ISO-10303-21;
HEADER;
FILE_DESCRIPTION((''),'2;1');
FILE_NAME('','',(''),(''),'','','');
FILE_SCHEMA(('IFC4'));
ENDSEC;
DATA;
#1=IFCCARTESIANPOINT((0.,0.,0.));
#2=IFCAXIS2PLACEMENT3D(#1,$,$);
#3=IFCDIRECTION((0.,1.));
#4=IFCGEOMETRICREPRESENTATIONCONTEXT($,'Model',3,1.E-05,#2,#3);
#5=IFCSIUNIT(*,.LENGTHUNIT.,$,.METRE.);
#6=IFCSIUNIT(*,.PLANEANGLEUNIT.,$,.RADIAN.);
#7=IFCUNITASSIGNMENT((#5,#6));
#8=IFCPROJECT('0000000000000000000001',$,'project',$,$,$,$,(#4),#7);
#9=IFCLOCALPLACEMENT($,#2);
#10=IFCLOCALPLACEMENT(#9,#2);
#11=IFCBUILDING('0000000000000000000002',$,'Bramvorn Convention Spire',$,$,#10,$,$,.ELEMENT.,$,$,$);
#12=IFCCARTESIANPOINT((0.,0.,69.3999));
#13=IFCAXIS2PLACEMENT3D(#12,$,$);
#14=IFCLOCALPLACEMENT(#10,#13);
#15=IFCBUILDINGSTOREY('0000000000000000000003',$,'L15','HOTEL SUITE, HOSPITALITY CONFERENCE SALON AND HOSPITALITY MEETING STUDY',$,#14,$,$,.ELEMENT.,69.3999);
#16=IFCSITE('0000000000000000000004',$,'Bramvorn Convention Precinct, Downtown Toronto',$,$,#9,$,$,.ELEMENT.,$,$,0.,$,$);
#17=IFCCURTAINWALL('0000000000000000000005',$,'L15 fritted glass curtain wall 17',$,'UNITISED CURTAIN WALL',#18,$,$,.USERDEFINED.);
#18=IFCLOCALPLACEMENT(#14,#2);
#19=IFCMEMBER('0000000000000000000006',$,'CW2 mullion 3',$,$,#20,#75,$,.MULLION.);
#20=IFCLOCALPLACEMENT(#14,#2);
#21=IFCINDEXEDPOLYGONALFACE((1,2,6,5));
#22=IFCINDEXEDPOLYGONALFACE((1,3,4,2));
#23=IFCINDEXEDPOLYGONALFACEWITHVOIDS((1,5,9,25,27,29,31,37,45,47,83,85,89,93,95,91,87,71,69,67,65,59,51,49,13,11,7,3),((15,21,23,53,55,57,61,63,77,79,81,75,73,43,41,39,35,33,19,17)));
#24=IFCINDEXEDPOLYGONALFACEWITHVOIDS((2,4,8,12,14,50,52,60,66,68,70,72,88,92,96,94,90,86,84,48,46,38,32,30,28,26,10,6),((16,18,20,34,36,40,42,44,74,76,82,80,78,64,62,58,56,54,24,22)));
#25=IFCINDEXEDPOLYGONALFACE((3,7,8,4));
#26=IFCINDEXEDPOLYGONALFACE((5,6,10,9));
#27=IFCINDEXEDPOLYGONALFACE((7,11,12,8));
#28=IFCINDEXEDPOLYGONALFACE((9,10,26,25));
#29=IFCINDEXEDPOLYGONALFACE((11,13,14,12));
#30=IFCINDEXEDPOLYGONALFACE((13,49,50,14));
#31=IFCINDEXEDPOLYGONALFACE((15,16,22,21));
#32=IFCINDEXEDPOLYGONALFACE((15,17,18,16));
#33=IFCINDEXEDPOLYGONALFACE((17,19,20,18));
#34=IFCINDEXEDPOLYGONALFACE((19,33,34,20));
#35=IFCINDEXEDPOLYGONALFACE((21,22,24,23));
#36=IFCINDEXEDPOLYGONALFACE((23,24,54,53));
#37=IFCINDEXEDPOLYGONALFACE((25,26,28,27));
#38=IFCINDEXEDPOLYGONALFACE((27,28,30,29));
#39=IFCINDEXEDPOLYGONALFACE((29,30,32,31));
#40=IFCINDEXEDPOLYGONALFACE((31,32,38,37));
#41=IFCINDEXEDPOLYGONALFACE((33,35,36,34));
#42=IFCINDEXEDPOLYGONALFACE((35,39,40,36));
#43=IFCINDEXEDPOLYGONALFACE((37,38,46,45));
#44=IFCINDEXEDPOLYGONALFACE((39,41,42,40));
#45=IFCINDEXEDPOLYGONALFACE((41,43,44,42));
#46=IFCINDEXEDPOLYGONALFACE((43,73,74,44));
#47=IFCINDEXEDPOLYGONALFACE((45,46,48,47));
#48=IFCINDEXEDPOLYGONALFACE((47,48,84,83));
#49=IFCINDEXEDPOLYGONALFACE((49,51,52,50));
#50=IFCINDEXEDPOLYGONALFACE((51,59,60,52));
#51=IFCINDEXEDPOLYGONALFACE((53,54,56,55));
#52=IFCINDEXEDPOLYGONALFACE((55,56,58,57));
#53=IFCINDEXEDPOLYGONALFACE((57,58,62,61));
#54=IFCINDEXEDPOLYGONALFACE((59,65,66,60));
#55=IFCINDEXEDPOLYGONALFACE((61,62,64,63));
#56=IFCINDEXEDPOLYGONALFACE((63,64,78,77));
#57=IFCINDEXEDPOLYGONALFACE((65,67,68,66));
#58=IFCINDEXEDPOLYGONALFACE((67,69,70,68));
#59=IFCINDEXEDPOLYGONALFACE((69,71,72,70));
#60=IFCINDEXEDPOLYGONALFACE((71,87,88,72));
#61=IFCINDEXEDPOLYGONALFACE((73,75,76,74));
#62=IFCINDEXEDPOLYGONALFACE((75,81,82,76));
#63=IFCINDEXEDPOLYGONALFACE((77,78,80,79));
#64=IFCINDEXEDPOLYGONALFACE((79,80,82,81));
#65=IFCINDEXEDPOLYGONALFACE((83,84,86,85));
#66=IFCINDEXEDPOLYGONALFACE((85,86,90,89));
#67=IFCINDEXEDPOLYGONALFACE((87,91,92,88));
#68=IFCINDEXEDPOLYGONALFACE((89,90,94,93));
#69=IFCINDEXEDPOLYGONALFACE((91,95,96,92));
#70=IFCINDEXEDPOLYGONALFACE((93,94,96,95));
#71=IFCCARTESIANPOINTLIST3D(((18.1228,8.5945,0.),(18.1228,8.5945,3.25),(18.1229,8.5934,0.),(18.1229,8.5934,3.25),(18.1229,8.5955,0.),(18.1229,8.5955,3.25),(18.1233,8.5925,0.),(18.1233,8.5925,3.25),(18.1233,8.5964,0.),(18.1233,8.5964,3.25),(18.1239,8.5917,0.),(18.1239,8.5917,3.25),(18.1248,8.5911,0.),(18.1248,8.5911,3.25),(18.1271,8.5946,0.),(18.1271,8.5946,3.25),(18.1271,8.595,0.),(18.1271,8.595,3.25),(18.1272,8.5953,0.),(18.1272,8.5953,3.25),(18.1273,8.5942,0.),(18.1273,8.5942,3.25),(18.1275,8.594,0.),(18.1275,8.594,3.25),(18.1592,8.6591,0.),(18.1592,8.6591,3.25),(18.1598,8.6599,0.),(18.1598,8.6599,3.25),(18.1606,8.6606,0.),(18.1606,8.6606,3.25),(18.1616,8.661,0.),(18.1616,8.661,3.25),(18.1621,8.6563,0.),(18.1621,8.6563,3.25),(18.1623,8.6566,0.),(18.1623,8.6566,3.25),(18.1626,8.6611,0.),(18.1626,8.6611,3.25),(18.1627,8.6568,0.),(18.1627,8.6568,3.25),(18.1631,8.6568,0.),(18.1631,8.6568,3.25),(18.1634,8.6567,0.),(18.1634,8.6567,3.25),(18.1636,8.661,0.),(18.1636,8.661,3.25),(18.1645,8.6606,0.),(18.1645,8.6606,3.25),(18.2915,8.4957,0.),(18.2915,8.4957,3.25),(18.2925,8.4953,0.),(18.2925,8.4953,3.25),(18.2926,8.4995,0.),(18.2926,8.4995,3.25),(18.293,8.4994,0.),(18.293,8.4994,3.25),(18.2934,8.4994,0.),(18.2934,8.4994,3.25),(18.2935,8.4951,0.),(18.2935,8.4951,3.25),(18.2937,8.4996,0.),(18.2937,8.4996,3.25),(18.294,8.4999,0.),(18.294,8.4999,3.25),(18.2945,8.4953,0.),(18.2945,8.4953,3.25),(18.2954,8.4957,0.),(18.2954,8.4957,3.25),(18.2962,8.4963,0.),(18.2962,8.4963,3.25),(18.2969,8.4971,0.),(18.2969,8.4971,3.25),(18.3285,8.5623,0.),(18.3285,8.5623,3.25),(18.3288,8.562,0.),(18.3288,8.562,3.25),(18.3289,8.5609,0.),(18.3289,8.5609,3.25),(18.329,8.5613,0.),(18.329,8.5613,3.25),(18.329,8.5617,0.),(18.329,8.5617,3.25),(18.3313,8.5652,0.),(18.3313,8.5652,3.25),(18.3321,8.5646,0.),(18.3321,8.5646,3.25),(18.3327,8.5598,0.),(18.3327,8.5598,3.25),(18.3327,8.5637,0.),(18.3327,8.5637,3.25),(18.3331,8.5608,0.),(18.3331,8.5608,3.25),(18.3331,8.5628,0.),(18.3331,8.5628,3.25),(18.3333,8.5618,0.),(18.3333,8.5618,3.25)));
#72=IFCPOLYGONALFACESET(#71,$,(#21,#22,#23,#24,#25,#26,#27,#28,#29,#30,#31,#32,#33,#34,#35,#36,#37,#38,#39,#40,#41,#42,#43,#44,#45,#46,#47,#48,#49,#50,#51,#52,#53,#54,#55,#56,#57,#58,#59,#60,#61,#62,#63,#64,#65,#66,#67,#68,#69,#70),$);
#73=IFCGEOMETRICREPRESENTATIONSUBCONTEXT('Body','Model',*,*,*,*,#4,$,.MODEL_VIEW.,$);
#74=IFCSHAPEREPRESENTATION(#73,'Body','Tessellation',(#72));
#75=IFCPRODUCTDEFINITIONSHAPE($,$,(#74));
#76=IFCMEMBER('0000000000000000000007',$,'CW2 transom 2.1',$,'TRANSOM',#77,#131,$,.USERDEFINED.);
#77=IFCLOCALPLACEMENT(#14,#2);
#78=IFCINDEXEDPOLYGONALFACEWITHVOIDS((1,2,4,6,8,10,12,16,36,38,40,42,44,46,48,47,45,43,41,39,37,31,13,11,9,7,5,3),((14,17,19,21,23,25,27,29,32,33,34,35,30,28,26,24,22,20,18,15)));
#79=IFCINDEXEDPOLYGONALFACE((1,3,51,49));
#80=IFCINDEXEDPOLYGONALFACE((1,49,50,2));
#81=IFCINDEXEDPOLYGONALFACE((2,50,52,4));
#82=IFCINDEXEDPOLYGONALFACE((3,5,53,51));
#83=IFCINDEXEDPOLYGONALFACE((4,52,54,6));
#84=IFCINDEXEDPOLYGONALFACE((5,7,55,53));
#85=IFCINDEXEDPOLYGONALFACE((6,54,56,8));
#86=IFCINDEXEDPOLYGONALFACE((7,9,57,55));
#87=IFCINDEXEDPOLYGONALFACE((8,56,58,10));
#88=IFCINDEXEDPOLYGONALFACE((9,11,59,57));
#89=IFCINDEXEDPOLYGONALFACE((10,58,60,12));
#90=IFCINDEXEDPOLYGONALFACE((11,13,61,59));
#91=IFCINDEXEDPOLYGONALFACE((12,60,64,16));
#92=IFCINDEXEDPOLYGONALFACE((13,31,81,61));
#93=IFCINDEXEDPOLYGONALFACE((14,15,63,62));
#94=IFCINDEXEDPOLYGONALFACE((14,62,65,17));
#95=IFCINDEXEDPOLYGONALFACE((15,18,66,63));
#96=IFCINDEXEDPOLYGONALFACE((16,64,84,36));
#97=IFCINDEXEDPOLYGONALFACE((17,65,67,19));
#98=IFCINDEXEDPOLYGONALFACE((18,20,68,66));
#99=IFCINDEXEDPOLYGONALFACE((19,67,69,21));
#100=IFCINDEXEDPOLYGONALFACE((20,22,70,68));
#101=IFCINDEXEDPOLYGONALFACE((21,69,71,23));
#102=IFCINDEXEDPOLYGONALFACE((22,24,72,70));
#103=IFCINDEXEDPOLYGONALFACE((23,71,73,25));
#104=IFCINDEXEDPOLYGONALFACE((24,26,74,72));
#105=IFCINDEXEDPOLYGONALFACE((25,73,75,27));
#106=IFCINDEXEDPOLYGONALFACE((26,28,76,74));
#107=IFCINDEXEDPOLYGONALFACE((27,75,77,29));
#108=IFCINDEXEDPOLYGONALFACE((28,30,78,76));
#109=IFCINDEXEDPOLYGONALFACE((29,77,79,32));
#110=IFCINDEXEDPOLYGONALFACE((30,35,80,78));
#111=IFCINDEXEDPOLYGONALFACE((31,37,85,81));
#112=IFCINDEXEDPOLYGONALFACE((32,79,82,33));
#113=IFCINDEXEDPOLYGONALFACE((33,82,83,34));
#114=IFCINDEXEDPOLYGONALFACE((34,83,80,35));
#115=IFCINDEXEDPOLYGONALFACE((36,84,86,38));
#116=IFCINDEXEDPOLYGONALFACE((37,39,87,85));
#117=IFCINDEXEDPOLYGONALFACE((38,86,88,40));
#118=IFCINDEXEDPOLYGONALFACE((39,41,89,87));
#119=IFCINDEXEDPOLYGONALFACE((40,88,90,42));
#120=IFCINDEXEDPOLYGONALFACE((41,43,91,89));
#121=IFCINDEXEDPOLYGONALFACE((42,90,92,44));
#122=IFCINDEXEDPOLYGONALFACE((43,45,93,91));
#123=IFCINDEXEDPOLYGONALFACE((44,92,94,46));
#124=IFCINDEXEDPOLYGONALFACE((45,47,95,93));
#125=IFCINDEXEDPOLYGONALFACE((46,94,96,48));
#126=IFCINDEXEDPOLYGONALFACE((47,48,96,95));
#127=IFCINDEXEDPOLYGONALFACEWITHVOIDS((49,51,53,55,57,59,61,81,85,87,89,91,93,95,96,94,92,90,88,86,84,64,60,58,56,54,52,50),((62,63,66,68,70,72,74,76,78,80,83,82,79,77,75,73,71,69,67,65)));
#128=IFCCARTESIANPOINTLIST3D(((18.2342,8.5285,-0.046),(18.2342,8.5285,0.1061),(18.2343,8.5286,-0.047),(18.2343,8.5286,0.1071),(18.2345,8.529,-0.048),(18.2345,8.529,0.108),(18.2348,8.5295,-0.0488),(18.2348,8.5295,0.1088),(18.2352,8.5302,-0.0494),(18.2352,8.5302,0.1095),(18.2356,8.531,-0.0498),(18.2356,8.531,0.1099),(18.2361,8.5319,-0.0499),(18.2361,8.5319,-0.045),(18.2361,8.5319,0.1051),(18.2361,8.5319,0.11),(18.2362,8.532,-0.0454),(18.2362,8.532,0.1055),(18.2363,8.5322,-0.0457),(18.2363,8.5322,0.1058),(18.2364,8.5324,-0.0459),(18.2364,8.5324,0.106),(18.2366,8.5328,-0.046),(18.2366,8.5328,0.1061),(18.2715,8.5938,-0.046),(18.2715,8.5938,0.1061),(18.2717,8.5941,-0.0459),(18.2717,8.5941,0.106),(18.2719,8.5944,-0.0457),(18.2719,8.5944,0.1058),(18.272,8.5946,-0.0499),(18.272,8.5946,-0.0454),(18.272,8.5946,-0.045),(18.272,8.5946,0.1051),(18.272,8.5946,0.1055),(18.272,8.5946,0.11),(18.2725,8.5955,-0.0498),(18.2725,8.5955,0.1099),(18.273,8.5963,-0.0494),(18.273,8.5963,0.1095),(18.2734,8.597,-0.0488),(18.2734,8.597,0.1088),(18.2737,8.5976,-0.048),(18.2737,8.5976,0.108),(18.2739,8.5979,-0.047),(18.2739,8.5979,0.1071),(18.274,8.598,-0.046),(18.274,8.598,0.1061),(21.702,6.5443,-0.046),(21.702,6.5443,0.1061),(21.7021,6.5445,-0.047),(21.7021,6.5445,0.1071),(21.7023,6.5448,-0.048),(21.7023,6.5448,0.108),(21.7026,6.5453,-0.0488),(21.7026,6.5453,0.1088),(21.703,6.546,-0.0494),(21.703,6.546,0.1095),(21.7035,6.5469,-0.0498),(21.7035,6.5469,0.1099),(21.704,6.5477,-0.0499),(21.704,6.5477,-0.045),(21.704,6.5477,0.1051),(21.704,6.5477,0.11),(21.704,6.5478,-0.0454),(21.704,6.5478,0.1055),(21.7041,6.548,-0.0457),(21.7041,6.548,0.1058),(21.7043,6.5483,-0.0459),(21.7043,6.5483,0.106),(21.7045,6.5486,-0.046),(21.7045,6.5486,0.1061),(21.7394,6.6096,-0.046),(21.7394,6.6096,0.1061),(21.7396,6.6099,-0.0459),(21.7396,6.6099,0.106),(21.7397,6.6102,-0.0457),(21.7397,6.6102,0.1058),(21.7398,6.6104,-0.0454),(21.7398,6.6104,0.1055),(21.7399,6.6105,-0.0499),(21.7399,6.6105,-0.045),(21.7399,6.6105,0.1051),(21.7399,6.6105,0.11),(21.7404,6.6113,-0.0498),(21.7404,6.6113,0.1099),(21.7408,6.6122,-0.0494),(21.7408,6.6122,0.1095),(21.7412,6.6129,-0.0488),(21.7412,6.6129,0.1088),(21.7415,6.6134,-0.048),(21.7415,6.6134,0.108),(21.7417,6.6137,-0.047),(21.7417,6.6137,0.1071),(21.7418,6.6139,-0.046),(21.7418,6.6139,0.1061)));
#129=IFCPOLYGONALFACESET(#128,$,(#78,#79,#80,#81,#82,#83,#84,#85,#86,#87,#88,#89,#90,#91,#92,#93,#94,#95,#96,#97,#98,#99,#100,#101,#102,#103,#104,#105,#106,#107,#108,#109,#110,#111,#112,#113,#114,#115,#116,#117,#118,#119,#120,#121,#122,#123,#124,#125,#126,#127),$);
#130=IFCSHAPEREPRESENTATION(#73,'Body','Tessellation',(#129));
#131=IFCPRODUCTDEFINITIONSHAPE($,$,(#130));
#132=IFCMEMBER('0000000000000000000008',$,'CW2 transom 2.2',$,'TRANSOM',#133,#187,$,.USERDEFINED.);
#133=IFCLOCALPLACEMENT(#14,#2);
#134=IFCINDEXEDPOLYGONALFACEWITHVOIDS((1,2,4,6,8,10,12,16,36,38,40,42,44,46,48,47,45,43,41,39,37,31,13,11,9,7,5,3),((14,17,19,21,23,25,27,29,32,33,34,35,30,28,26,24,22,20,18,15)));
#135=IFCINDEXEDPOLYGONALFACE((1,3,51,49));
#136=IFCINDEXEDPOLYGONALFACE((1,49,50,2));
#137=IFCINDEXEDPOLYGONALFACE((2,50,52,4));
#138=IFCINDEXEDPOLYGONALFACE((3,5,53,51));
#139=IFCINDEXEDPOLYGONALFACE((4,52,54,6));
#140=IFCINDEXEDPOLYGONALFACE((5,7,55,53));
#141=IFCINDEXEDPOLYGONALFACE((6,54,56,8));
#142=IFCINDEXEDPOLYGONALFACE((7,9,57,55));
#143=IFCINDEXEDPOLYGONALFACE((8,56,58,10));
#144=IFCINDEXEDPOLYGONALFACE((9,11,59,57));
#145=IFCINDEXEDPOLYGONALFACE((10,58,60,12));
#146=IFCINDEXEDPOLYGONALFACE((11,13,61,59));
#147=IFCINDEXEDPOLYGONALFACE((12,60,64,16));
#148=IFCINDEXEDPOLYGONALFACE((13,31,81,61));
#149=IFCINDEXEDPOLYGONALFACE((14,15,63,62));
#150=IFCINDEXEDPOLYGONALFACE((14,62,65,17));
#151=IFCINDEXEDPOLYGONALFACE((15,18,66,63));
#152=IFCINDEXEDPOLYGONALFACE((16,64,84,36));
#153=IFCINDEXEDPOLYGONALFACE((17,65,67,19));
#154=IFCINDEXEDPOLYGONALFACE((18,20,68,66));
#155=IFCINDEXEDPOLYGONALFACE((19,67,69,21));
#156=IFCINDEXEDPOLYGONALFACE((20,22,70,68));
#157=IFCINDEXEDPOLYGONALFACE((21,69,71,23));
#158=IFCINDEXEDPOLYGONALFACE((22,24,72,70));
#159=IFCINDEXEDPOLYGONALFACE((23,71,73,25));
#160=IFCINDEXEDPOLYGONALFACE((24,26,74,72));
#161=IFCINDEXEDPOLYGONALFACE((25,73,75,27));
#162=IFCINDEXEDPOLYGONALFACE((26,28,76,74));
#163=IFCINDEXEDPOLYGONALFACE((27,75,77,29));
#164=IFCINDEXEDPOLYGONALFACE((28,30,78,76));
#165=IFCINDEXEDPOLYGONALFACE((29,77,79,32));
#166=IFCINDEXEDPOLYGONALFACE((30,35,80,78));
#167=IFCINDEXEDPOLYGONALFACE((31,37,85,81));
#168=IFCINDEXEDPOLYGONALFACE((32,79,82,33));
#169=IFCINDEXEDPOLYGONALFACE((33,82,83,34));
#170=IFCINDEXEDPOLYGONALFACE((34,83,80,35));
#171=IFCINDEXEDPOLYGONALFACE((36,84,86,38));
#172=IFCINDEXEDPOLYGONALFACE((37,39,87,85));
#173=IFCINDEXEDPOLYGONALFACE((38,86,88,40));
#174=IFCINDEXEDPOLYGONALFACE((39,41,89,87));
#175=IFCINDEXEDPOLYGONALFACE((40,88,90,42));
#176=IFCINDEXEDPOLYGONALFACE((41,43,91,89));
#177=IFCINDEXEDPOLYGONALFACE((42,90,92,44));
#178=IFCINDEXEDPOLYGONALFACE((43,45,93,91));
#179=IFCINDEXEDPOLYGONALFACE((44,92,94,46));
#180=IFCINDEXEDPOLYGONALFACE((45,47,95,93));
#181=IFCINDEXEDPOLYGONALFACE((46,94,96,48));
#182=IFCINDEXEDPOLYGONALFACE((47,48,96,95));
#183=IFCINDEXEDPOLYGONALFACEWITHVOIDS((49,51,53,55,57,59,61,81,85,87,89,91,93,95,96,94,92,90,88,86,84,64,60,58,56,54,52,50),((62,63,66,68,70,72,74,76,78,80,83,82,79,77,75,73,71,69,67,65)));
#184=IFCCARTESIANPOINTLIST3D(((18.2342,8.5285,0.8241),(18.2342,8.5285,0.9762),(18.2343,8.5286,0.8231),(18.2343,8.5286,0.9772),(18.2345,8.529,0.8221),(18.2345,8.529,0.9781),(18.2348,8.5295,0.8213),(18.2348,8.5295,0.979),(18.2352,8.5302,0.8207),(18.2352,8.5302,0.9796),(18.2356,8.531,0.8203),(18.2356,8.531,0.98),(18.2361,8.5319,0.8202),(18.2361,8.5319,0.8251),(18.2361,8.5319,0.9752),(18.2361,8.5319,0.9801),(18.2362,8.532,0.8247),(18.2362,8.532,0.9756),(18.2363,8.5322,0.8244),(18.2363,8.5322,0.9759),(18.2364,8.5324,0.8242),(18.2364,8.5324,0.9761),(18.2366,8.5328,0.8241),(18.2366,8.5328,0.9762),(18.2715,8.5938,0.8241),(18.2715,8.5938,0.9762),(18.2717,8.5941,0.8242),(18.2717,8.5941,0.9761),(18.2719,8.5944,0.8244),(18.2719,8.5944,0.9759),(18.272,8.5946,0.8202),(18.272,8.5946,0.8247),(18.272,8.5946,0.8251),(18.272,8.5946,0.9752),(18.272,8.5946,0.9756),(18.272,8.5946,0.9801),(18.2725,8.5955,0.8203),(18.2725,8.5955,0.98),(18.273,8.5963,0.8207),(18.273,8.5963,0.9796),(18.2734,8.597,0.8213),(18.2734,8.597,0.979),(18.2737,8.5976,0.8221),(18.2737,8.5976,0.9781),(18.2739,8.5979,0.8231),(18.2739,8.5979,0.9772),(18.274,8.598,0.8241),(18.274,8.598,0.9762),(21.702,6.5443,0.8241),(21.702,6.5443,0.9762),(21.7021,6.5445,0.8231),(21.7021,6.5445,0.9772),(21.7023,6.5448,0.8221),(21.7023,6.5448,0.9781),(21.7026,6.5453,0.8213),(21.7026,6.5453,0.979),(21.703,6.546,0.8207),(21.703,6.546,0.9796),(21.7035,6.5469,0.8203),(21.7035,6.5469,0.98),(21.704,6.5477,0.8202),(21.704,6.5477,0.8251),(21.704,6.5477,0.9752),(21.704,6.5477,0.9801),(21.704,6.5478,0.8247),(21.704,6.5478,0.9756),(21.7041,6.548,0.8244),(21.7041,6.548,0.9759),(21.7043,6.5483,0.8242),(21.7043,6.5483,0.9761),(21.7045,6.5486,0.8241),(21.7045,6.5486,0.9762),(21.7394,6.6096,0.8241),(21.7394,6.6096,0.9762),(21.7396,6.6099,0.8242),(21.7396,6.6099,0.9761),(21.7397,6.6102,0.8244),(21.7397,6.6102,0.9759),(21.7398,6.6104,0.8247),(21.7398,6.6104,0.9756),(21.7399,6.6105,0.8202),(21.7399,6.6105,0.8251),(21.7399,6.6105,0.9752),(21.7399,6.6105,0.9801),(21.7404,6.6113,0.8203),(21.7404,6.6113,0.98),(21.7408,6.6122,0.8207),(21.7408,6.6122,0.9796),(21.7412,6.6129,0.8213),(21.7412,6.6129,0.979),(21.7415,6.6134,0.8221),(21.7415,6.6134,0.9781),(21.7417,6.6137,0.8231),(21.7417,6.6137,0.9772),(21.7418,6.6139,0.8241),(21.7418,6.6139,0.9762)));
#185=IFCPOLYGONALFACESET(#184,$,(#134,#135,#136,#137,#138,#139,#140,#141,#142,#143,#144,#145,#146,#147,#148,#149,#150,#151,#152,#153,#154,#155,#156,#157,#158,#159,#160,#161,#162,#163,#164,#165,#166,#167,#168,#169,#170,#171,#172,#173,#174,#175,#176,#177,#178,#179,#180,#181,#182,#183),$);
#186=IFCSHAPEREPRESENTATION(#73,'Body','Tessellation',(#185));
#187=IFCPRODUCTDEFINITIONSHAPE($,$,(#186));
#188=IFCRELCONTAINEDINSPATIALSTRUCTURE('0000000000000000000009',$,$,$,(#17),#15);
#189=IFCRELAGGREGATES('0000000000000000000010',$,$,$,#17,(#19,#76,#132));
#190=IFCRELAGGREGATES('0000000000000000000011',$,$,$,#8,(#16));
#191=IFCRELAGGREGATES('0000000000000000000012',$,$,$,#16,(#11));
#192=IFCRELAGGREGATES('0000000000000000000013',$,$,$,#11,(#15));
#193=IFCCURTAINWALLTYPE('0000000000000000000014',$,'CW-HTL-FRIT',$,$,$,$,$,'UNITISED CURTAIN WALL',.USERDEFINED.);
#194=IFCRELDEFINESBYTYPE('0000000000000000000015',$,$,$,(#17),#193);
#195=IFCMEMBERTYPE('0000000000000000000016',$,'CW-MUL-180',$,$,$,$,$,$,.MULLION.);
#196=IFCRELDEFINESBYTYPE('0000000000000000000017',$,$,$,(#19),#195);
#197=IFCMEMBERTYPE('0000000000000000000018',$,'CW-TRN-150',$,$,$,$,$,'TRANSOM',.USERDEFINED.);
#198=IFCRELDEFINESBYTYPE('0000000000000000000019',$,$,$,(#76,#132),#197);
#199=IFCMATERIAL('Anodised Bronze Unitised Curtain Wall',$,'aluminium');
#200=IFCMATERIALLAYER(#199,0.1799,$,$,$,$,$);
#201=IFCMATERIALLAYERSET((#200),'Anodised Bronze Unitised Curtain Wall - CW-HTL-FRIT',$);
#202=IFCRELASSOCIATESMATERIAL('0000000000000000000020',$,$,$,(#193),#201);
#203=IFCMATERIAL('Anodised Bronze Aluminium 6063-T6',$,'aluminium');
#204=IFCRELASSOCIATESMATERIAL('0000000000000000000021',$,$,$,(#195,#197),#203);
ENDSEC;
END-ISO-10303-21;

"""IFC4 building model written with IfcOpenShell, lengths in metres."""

from ifc_helpers import new_model, si_unit, direction, frame, origin, origin_2d, place, context, subcontext, project, spatial, hollow_rectangle, extrude, material, layer, layer_set, material_profile, profile_set, type_object, element, aggregate, save


model = new_model("IFC4")

# Units and contexts
model_context = context("Model", 3, precision=1e-05, world=origin(), true_north=direction((0.0, 1.0)))
body_context = subcontext(model_context, "Body", "Model", "MODEL_VIEW")
ifc_project = project(units=[si_unit("LENGTHUNIT", "METRE"), si_unit("PLANEANGLEUNIT", "RADIAN")], contexts=[model_context])

# Site, building, storey
site_placement = place(None, origin())
site = spatial("IfcSite", under=ifc_project, at=site_placement, Name="Bramvorn Convention Precinct, Downtown Toronto", CompositionType="ELEMENT", RefElevation=0.0)
building_placement = place(site_placement, origin())
building = spatial("IfcBuilding", under=site, at=building_placement, Name="Bramvorn Convention Spire", CompositionType="ELEMENT")
storey_placement = place(building_placement, frame((0.0, 0.0, 69.3999)))
storey = spatial("IfcBuildingStorey", under=building, at=storey_placement, Name="L15", Description="HOTEL SUITE, HOSPITALITY CONFERENCE SALON AND HOSPITALITY MEETING STUDY", CompositionType="ELEMENT", Elevation=69.3999)

# Curtain wall, members
ifc_material_1 = material(Name="Anodised Bronze Unitised Curtain Wall", Category="aluminium")
ifc_layer_1 = layer(ifc_material_1, 0.1799)
ifc_layer_set_1 = layer_set([ifc_layer_1], Name="Anodised Bronze Unitised Curtain Wall - CW-HTL-FRIT")
curtain_wall_type = type_object("IfcCurtainWallType", Name="CW-HTL-FRIT", ElementType="UNITISED CURTAIN WALL", PredefinedType="USERDEFINED", material=ifc_layer_set_1)
curtain_wall_placement = place(storey_placement, origin())
curtain_wall = element("IfcCurtainWall", 1, at=curtain_wall_placement, inside=storey, type_object=curtain_wall_type, Name="L15 fritted glass curtain wall 17", ObjectType="UNITISED CURTAIN WALL", PredefinedType="USERDEFINED")
ifc_material_2 = material(Name="Anodised Bronze Aluminium 6063-T6", Category="aluminium")
ifc_material_profile_1 = material_profile(ifc_material_2, hollow_rectangle(XDim=0.0801, YDim=0.2, WallThickness=0.0039, InnerFilletRadius=0.001, OuterFilletRadius=0.0039, at=origin_2d()))
ifc_profile_set_1 = profile_set([ifc_material_profile_1], Name="Anodised Bronze Aluminium 6063-T6 - CWM80X200")
member_type_1 = type_object("IfcMemberType", Name="CW-MUL-180", PredefinedType="MULLION", material=ifc_profile_set_1)
member_1_placement = place(storey_placement, frame((18.228, 8.5781, 0.0), z_axis=(0.0, 0.0, 1.0), x_axis=(-0.496598, -0.867981, 0.0)))
member_1 = element("IfcMember", 2, at=member_1_placement, type_object=member_type_1, Name="CW2 mullion 3", PredefinedType="MULLION", context=body_context, shape_type="SweptSolid", body=[
    extrude(hollow_rectangle(XDim=0.0801, YDim=0.2, WallThickness=0.0039, InnerFilletRadius=0.001, OuterFilletRadius=0.0039, at=origin_2d()), origin(), (0.0, 0.0, 1.0), 3.25),
])
ifc_material_profile_2 = material_profile(ifc_material_2, hollow_rectangle(XDim=0.0801, YDim=0.1599, WallThickness=0.0039, InnerFilletRadius=0.001, OuterFilletRadius=0.0039, at=origin_2d()))
ifc_profile_set_2 = profile_set([ifc_material_profile_2], Name="Anodised Bronze Aluminium 6063-T6 - CWT80X160")
member_type_2 = type_object("IfcMemberType", Name="CW-TRN-150", ElementType="TRANSOM", PredefinedType="USERDEFINED", material=ifc_profile_set_2)
member_2_placement = place(storey_placement, frame((21.7219, 6.5791, 0.03), z_axis=(-0.867968, 0.496619, 0.0), x_axis=(-0.496619, -0.867968, 0.0)))
member_2 = element("IfcMember", 3, at=member_2_placement, type_object=member_type_2, Name="CW2 transom 2.1", ObjectType="TRANSOM", PredefinedType="USERDEFINED", context=body_context, shape_type="SweptSolid", body=[
    extrude(hollow_rectangle(XDim=0.0801, YDim=0.1599, WallThickness=0.0039, InnerFilletRadius=0.001, OuterFilletRadius=0.0039, at=origin_2d()), origin(), (0.0, 0.0, 1.0), 3.9954),
])
member_3_placement = place(storey_placement, frame((21.7219, 6.5791, 0.9001), z_axis=(-0.867968, 0.496619, 0.0), x_axis=(-0.496619, -0.867968, 0.0)))
member_3 = element("IfcMember", 4, at=member_3_placement, type_object=member_type_2, Name="CW2 transom 2.2", ObjectType="TRANSOM", PredefinedType="USERDEFINED", context=body_context, shape_type="SweptSolid", body=[
    extrude(hollow_rectangle(XDim=0.0801, YDim=0.1599, WallThickness=0.0039, InnerFilletRadius=0.001, OuterFilletRadius=0.0039, at=origin_2d()), origin(), (0.0, 0.0, 1.0), 3.9954),
])

aggregate(curtain_wall, [member_1, member_2, member_3])

save(model, "model.ifc")
